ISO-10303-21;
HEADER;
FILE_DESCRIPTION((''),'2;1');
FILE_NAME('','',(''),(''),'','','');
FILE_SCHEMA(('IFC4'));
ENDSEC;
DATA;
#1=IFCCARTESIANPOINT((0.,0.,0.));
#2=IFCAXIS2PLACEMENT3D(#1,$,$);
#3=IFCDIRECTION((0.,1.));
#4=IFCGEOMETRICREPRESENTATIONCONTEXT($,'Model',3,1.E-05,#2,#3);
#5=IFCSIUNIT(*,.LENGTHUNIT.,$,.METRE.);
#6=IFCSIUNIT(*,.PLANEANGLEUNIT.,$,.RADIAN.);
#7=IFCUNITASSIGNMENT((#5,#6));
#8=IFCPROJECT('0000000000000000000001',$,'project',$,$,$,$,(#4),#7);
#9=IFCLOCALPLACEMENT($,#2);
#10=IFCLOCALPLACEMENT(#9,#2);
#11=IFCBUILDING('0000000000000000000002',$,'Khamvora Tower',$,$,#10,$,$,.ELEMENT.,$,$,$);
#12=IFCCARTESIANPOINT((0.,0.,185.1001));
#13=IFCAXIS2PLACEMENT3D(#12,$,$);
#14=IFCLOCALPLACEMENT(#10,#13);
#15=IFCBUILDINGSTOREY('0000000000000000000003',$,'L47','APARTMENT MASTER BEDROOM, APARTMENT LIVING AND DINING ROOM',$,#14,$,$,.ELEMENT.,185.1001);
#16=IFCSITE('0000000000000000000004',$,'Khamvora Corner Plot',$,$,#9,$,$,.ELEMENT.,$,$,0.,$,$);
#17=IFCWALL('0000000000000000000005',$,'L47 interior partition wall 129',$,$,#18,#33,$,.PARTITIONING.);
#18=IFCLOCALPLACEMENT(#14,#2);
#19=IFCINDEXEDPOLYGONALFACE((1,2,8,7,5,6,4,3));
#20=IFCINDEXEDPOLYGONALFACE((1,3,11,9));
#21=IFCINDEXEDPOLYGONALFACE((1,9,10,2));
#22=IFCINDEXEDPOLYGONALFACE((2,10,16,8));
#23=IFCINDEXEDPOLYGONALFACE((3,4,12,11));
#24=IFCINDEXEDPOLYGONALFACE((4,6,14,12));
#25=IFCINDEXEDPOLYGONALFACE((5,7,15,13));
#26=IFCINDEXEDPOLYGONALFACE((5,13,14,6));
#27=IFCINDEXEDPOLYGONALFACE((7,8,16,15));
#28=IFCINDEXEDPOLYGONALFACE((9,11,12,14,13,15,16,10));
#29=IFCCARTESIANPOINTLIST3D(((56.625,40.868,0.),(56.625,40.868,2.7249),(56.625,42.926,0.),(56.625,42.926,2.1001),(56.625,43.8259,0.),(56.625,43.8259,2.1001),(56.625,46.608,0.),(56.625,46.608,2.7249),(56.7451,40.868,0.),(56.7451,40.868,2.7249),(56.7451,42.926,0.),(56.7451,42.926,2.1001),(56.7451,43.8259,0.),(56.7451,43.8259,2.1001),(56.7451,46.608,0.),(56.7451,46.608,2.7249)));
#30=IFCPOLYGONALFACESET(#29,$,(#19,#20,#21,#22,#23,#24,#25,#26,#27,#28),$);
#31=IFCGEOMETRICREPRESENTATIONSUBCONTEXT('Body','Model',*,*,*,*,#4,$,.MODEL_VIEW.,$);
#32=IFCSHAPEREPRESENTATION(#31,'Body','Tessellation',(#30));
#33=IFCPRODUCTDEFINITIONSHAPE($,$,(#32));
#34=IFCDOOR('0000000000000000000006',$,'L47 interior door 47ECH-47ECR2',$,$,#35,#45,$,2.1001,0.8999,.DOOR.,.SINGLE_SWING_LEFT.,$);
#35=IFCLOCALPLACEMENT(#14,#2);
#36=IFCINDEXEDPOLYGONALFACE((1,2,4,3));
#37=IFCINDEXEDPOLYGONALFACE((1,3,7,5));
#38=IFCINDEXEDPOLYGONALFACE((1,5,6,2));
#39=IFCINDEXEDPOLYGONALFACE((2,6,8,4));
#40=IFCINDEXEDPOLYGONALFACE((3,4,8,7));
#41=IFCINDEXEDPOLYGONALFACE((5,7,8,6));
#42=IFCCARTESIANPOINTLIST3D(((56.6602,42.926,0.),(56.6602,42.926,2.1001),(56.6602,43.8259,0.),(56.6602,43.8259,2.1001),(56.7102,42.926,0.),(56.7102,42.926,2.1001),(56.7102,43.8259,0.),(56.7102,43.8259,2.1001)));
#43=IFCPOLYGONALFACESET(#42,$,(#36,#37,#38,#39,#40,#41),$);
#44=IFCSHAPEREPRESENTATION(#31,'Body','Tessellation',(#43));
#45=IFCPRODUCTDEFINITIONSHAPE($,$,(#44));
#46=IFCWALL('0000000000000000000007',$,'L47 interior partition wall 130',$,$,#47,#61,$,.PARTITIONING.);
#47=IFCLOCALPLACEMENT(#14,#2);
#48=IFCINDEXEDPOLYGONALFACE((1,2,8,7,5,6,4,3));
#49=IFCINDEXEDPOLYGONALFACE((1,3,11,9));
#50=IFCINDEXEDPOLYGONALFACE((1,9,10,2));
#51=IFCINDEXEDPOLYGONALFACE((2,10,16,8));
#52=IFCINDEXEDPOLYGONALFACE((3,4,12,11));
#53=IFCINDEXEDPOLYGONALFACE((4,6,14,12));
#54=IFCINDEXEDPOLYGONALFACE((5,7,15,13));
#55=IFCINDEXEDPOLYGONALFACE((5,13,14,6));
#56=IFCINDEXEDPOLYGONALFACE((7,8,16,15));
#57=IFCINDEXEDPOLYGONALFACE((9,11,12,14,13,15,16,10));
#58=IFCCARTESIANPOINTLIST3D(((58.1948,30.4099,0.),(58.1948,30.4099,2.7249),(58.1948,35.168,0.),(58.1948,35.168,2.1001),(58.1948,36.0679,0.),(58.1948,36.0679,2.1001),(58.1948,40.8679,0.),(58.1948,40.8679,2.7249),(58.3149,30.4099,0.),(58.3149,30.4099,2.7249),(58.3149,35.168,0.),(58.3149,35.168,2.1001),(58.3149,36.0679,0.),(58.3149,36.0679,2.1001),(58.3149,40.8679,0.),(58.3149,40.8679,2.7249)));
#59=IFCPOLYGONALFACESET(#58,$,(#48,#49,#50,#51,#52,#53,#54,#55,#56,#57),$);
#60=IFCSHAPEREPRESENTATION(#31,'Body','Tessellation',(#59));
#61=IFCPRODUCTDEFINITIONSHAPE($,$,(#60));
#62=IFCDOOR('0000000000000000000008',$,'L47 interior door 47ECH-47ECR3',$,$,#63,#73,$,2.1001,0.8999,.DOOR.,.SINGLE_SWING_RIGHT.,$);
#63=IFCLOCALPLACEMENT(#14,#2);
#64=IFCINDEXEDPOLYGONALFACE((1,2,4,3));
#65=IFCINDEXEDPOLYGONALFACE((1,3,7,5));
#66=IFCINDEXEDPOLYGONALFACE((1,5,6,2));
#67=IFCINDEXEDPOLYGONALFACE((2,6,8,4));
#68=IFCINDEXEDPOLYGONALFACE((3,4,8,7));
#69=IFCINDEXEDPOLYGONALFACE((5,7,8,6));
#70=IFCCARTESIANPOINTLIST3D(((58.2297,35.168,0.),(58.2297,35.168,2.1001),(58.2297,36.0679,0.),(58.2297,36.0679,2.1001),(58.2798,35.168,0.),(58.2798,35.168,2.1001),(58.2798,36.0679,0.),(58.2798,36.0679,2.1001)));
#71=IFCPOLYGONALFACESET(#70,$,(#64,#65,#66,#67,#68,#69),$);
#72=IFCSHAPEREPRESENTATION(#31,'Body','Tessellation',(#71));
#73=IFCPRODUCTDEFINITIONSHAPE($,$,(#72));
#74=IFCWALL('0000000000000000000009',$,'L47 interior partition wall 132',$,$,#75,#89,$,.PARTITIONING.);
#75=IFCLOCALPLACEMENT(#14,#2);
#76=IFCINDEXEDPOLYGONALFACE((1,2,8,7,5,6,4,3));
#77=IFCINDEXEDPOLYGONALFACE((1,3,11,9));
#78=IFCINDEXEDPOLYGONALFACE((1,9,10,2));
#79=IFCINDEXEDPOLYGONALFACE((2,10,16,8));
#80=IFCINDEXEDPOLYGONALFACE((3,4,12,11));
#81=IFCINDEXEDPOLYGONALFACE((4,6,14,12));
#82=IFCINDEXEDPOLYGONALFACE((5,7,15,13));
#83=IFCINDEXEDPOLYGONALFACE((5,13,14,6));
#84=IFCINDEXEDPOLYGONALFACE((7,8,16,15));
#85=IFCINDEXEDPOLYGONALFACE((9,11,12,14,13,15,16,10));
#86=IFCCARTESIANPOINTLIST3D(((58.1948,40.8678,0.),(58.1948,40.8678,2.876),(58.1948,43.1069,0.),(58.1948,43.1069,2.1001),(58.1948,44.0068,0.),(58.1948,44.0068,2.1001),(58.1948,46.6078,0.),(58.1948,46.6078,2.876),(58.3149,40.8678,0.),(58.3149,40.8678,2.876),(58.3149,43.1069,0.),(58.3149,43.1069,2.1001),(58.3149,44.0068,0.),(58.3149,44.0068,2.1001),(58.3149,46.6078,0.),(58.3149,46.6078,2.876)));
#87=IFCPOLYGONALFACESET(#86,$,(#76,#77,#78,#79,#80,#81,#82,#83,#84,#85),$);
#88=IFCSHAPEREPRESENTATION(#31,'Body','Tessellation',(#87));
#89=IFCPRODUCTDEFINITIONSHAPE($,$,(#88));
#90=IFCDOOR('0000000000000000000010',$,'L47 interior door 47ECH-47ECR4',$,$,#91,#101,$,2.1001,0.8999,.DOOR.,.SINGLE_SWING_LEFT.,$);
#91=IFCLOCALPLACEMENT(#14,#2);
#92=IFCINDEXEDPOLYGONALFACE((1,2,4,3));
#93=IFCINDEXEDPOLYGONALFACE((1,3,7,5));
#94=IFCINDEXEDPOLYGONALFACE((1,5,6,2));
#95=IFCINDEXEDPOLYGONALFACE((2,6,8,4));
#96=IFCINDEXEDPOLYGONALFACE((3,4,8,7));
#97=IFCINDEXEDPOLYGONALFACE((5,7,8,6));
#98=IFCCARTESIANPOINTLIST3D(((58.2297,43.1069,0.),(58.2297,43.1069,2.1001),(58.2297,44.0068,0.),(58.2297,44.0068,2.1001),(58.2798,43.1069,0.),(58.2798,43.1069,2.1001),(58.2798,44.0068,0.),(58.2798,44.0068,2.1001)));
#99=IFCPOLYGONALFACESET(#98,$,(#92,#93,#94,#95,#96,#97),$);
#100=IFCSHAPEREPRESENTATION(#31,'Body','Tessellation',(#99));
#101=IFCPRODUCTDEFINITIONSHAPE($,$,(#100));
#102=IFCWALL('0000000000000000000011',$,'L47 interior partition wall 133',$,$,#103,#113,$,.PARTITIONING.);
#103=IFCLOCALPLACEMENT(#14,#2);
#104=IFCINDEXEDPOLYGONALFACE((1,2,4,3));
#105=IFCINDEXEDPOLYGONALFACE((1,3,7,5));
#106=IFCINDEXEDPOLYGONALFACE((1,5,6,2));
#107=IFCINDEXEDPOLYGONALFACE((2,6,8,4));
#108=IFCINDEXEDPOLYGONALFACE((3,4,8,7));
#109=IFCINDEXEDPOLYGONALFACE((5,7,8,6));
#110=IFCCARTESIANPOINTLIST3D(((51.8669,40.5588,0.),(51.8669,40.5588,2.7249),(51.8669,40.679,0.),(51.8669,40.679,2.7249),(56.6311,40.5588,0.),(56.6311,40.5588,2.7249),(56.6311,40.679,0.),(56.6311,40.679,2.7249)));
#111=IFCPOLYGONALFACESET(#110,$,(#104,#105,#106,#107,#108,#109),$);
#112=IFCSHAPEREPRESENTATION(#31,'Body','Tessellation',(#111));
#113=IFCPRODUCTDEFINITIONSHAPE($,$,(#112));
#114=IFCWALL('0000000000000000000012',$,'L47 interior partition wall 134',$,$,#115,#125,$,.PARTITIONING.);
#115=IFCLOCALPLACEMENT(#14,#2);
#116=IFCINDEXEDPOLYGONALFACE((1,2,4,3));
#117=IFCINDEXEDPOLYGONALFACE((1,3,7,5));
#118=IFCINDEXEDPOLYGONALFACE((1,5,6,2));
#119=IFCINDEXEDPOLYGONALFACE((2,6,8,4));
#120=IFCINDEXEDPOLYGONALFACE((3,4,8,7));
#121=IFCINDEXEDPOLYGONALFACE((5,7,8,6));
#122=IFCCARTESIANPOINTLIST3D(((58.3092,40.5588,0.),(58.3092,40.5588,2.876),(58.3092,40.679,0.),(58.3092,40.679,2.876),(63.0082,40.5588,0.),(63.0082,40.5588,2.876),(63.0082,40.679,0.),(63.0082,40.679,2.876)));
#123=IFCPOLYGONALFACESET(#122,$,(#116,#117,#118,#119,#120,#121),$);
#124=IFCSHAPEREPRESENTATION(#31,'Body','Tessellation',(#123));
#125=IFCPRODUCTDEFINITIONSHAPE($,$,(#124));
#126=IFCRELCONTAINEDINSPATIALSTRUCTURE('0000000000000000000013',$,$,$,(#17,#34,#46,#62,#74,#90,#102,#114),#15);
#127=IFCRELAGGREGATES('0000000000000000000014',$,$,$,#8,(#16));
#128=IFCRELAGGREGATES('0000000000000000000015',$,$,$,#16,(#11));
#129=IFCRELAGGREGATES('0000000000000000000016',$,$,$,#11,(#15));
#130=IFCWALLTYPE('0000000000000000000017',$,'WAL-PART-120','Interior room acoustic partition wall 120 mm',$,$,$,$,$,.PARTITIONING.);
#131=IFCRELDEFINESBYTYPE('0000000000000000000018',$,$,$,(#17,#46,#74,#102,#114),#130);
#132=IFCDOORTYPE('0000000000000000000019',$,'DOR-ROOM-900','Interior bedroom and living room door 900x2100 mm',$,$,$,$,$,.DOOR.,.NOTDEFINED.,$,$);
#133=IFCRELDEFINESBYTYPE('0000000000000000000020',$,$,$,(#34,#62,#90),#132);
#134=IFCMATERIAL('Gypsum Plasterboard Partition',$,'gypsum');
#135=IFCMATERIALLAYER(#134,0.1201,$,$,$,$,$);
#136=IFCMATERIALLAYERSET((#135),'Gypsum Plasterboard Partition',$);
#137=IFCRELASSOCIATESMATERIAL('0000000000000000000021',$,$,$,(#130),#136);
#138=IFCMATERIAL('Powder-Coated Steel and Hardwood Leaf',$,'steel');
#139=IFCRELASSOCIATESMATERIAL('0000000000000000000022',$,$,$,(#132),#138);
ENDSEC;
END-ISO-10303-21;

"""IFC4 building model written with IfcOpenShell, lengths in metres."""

from ifc_helpers import new_model, si_unit, direction, frame, frame_2d, origin, place, context, subcontext, project, spatial, rectangle, extrude, material, layer, layer_set, type_object, element, fill, save


model = new_model("IFC4")

# Units and contexts
model_context = context("Model", 3, precision=1e-05, world=origin(), true_north=direction((0.0, 1.0)))
body_context = subcontext(model_context, "Body", "Model", "MODEL_VIEW")
ifc_project = project(units=[si_unit("LENGTHUNIT", "METRE"), si_unit("PLANEANGLEUNIT", "RADIAN")], contexts=[model_context])

# Site, building, storey
site_placement = place(None, origin())
site = spatial("IfcSite", under=ifc_project, at=site_placement, Name="Khamvora Corner Plot", CompositionType="ELEMENT", RefElevation=0.0)
building_placement = place(site_placement, origin())
building = spatial("IfcBuilding", under=site, at=building_placement, Name="Khamvora Tower", CompositionType="ELEMENT")
storey_placement = place(building_placement, frame((0.0, 0.0, 185.1001)))
storey = spatial("IfcBuildingStorey", under=building, at=storey_placement, Name="L47", Description="APARTMENT MASTER BEDROOM, APARTMENT LIVING AND DINING ROOM", CompositionType="ELEMENT", Elevation=185.1001)

# Shared definitions
ifc_material_1 = material(Name="Gypsum Plasterboard Partition", Category="gypsum")
ifc_layer_1 = layer(ifc_material_1, 0.1201)
ifc_layer_set_1 = layer_set([ifc_layer_1], Name="Gypsum Plasterboard Partition")
wall_type_1 = type_object("IfcWallType", Name="WAL-PART-120", Description="Interior room acoustic partition wall 120 mm", PredefinedType="PARTITIONING", material=ifc_layer_set_1)
ifc_material_2 = material(Name="Powder-Coated Steel and Hardwood Leaf", Category="steel")
door_type = type_object("IfcDoorType", Name="DOR-ROOM-900", Description="Interior bedroom and living room door 900x2100 mm", OperationType="NOTDEFINED", PredefinedType="DOOR", material=ifc_material_2)

# Walls, openings, doors
wall_1_placement = place(storey_placement, frame((56.6851, 40.8679, 0.0), z_axis=(0.0, 0.0, 1.0), x_axis=(0.0, 1.0, 0.0)))
wall_1 = element("IfcWall", 1, at=wall_1_placement, inside=storey, type_object=wall_type_1, Name="L47 interior partition wall 129", PredefinedType="PARTITIONING", context=body_context, shape_type="SweptSolid", body=[
    extrude(rectangle(XDim=5.74, YDim=0.1201, at=frame_2d((2.8701, 0.0))), origin(), (0.0, 0.0, 1.0), 2.7249),
])
opening_1_placement = place(wall_1_placement, frame((2.0581, 0.0, 0.0)))
opening_1 = element("IfcOpeningElement", 2, at=opening_1_placement, cuts=wall_1, PredefinedType="OPENING", context=body_context, shape_type="SweptSolid", body=[
    extrude(rectangle(XDim=0.8999, YDim=2.1001, at=frame_2d((0.45, 1.05))), frame((0.0, 0.0701, 0.0), z_axis=(0.0, -1.0, 0.0), x_axis=(1.0, 0.0, 0.0)), (0.0, 0.0, 1.0), 0.1401),
])
door_1_placement = place(opening_1_placement, origin())
door_1 = element("IfcDoor", 3, at=door_1_placement, inside=storey, type_object=door_type, Name="L47 interior door 47ECH-47ECR2", OperationType="SINGLE_SWING_LEFT", OverallHeight=2.1001, OverallWidth=0.8999, PredefinedType="DOOR", context=body_context, shape_type="SweptSolid", body=[
    extrude(rectangle(XDim=0.8999, YDim=2.1001, at=frame_2d((0.45, 1.05))), frame((0.0, 0.0249, 0.0), z_axis=(0.0, -1.0, 0.0), x_axis=(1.0, 0.0, 0.0)), (0.0, 0.0, 1.0), 0.05),
])
fill(opening_1, door_1)
wall_2_placement = place(storey_placement, frame((58.2549, 40.8679, 0.0), z_axis=(0.0, 0.0, 1.0), x_axis=(0.0, -1.0, 0.0)))
wall_2 = element("IfcWall", 4, at=wall_2_placement, inside=storey, type_object=wall_type_1, Name="L47 interior partition wall 130", PredefinedType="PARTITIONING", context=body_context, shape_type="SweptSolid", body=[
    extrude(rectangle(XDim=10.458, YDim=0.1201, at=frame_2d((5.229, 0.0))), origin(), (0.0, 0.0, 1.0), 2.7249),
])
opening_2_placement = place(wall_2_placement, frame((4.8, 0.0, 0.0)))
opening_2 = element("IfcOpeningElement", 5, at=opening_2_placement, cuts=wall_2, PredefinedType="OPENING", context=body_context, shape_type="SweptSolid", body=[
    extrude(rectangle(XDim=0.8999, YDim=2.1001, at=frame_2d((0.45, 1.05))), frame((0.0, 0.0701, 0.0), z_axis=(0.0, -1.0, 0.0), x_axis=(1.0, 0.0, 0.0)), (0.0, 0.0, 1.0), 0.1401),
])
door_2_placement = place(opening_2_placement, origin())
door_2 = element("IfcDoor", 6, at=door_2_placement, inside=storey, type_object=door_type, Name="L47 interior door 47ECH-47ECR3", OperationType="SINGLE_SWING_RIGHT", OverallHeight=2.1001, OverallWidth=0.8999, PredefinedType="DOOR", context=body_context, shape_type="SweptSolid", body=[
    extrude(rectangle(XDim=0.8999, YDim=2.1001, at=frame_2d((0.45, 1.05))), frame((0.0, 0.0249, 0.0), z_axis=(0.0, -1.0, 0.0), x_axis=(1.0, 0.0, 0.0)), (0.0, 0.0, 1.0), 0.05),
])
fill(opening_2, door_2)
wall_3_placement = place(storey_placement, frame((58.2549, 46.6079, 0.0), z_axis=(0.0, 0.0, 1.0), x_axis=(0.0, -1.0, 0.0)))
wall_3 = element("IfcWall", 7, at=wall_3_placement, inside=storey, type_object=wall_type_1, Name="L47 interior partition wall 132", PredefinedType="PARTITIONING", context=body_context, shape_type="SweptSolid", body=[
    extrude(rectangle(XDim=5.74, YDim=0.1201, at=frame_2d((2.8701, 0.0))), origin(), (0.0, 0.0, 1.0), 2.876),
])
opening_3_placement = place(wall_3_placement, frame((2.6011, 0.0, 0.0)))
opening_3 = element("IfcOpeningElement", 8, at=opening_3_placement, cuts=wall_3, PredefinedType="OPENING", context=body_context, shape_type="SweptSolid", body=[
    extrude(rectangle(XDim=0.8999, YDim=2.1001, at=frame_2d((0.45, 1.05))), frame((0.0, 0.0701, 0.0), z_axis=(0.0, -1.0, 0.0), x_axis=(1.0, 0.0, 0.0)), (0.0, 0.0, 1.0), 0.1401),
])
door_3_placement = place(opening_3_placement, origin())
door_3 = element("IfcDoor", 9, at=door_3_placement, inside=storey, type_object=door_type, Name="L47 interior door 47ECH-47ECR4", OperationType="SINGLE_SWING_LEFT", OverallHeight=2.1001, OverallWidth=0.8999, PredefinedType="DOOR", context=body_context, shape_type="SweptSolid", body=[
    extrude(rectangle(XDim=0.8999, YDim=2.1001, at=frame_2d((0.45, 1.05))), frame((0.0, 0.0249, 0.0), z_axis=(0.0, -1.0, 0.0), x_axis=(1.0, 0.0, 0.0)), (0.0, 0.0, 1.0), 0.05),
])
fill(opening_3, door_3)

# Walls
wall_4_placement = place(storey_placement, frame((51.8669, 40.6189, 0.0), z_axis=(0.0, 0.0, 1.0), x_axis=(1.0, 0.0, 0.0)))
element("IfcWall", 10, at=wall_4_placement, inside=storey, type_object=wall_type_1, Name="L47 interior partition wall 133", PredefinedType="PARTITIONING", context=body_context, shape_type="SweptSolid", body=[
    extrude(rectangle(XDim=4.7642, YDim=0.1201, at=frame_2d((2.3821, 0.0))), origin(), (0.0, 0.0, 1.0), 2.7249),
])
wall_5_placement = place(storey_placement, frame((58.3091, 40.6189, 0.0), z_axis=(0.0, 0.0, 1.0), x_axis=(1.0, 0.0, 0.0)))
element("IfcWall", 11, at=wall_5_placement, inside=storey, type_object=wall_type_1, Name="L47 interior partition wall 134", PredefinedType="PARTITIONING", context=body_context, shape_type="SweptSolid", body=[
    extrude(rectangle(XDim=4.699, YDim=0.1201, at=frame_2d((2.3496, 0.0))), origin(), (0.0, 0.0, 1.0), 2.876),
])

save(model, "model.ifc")
